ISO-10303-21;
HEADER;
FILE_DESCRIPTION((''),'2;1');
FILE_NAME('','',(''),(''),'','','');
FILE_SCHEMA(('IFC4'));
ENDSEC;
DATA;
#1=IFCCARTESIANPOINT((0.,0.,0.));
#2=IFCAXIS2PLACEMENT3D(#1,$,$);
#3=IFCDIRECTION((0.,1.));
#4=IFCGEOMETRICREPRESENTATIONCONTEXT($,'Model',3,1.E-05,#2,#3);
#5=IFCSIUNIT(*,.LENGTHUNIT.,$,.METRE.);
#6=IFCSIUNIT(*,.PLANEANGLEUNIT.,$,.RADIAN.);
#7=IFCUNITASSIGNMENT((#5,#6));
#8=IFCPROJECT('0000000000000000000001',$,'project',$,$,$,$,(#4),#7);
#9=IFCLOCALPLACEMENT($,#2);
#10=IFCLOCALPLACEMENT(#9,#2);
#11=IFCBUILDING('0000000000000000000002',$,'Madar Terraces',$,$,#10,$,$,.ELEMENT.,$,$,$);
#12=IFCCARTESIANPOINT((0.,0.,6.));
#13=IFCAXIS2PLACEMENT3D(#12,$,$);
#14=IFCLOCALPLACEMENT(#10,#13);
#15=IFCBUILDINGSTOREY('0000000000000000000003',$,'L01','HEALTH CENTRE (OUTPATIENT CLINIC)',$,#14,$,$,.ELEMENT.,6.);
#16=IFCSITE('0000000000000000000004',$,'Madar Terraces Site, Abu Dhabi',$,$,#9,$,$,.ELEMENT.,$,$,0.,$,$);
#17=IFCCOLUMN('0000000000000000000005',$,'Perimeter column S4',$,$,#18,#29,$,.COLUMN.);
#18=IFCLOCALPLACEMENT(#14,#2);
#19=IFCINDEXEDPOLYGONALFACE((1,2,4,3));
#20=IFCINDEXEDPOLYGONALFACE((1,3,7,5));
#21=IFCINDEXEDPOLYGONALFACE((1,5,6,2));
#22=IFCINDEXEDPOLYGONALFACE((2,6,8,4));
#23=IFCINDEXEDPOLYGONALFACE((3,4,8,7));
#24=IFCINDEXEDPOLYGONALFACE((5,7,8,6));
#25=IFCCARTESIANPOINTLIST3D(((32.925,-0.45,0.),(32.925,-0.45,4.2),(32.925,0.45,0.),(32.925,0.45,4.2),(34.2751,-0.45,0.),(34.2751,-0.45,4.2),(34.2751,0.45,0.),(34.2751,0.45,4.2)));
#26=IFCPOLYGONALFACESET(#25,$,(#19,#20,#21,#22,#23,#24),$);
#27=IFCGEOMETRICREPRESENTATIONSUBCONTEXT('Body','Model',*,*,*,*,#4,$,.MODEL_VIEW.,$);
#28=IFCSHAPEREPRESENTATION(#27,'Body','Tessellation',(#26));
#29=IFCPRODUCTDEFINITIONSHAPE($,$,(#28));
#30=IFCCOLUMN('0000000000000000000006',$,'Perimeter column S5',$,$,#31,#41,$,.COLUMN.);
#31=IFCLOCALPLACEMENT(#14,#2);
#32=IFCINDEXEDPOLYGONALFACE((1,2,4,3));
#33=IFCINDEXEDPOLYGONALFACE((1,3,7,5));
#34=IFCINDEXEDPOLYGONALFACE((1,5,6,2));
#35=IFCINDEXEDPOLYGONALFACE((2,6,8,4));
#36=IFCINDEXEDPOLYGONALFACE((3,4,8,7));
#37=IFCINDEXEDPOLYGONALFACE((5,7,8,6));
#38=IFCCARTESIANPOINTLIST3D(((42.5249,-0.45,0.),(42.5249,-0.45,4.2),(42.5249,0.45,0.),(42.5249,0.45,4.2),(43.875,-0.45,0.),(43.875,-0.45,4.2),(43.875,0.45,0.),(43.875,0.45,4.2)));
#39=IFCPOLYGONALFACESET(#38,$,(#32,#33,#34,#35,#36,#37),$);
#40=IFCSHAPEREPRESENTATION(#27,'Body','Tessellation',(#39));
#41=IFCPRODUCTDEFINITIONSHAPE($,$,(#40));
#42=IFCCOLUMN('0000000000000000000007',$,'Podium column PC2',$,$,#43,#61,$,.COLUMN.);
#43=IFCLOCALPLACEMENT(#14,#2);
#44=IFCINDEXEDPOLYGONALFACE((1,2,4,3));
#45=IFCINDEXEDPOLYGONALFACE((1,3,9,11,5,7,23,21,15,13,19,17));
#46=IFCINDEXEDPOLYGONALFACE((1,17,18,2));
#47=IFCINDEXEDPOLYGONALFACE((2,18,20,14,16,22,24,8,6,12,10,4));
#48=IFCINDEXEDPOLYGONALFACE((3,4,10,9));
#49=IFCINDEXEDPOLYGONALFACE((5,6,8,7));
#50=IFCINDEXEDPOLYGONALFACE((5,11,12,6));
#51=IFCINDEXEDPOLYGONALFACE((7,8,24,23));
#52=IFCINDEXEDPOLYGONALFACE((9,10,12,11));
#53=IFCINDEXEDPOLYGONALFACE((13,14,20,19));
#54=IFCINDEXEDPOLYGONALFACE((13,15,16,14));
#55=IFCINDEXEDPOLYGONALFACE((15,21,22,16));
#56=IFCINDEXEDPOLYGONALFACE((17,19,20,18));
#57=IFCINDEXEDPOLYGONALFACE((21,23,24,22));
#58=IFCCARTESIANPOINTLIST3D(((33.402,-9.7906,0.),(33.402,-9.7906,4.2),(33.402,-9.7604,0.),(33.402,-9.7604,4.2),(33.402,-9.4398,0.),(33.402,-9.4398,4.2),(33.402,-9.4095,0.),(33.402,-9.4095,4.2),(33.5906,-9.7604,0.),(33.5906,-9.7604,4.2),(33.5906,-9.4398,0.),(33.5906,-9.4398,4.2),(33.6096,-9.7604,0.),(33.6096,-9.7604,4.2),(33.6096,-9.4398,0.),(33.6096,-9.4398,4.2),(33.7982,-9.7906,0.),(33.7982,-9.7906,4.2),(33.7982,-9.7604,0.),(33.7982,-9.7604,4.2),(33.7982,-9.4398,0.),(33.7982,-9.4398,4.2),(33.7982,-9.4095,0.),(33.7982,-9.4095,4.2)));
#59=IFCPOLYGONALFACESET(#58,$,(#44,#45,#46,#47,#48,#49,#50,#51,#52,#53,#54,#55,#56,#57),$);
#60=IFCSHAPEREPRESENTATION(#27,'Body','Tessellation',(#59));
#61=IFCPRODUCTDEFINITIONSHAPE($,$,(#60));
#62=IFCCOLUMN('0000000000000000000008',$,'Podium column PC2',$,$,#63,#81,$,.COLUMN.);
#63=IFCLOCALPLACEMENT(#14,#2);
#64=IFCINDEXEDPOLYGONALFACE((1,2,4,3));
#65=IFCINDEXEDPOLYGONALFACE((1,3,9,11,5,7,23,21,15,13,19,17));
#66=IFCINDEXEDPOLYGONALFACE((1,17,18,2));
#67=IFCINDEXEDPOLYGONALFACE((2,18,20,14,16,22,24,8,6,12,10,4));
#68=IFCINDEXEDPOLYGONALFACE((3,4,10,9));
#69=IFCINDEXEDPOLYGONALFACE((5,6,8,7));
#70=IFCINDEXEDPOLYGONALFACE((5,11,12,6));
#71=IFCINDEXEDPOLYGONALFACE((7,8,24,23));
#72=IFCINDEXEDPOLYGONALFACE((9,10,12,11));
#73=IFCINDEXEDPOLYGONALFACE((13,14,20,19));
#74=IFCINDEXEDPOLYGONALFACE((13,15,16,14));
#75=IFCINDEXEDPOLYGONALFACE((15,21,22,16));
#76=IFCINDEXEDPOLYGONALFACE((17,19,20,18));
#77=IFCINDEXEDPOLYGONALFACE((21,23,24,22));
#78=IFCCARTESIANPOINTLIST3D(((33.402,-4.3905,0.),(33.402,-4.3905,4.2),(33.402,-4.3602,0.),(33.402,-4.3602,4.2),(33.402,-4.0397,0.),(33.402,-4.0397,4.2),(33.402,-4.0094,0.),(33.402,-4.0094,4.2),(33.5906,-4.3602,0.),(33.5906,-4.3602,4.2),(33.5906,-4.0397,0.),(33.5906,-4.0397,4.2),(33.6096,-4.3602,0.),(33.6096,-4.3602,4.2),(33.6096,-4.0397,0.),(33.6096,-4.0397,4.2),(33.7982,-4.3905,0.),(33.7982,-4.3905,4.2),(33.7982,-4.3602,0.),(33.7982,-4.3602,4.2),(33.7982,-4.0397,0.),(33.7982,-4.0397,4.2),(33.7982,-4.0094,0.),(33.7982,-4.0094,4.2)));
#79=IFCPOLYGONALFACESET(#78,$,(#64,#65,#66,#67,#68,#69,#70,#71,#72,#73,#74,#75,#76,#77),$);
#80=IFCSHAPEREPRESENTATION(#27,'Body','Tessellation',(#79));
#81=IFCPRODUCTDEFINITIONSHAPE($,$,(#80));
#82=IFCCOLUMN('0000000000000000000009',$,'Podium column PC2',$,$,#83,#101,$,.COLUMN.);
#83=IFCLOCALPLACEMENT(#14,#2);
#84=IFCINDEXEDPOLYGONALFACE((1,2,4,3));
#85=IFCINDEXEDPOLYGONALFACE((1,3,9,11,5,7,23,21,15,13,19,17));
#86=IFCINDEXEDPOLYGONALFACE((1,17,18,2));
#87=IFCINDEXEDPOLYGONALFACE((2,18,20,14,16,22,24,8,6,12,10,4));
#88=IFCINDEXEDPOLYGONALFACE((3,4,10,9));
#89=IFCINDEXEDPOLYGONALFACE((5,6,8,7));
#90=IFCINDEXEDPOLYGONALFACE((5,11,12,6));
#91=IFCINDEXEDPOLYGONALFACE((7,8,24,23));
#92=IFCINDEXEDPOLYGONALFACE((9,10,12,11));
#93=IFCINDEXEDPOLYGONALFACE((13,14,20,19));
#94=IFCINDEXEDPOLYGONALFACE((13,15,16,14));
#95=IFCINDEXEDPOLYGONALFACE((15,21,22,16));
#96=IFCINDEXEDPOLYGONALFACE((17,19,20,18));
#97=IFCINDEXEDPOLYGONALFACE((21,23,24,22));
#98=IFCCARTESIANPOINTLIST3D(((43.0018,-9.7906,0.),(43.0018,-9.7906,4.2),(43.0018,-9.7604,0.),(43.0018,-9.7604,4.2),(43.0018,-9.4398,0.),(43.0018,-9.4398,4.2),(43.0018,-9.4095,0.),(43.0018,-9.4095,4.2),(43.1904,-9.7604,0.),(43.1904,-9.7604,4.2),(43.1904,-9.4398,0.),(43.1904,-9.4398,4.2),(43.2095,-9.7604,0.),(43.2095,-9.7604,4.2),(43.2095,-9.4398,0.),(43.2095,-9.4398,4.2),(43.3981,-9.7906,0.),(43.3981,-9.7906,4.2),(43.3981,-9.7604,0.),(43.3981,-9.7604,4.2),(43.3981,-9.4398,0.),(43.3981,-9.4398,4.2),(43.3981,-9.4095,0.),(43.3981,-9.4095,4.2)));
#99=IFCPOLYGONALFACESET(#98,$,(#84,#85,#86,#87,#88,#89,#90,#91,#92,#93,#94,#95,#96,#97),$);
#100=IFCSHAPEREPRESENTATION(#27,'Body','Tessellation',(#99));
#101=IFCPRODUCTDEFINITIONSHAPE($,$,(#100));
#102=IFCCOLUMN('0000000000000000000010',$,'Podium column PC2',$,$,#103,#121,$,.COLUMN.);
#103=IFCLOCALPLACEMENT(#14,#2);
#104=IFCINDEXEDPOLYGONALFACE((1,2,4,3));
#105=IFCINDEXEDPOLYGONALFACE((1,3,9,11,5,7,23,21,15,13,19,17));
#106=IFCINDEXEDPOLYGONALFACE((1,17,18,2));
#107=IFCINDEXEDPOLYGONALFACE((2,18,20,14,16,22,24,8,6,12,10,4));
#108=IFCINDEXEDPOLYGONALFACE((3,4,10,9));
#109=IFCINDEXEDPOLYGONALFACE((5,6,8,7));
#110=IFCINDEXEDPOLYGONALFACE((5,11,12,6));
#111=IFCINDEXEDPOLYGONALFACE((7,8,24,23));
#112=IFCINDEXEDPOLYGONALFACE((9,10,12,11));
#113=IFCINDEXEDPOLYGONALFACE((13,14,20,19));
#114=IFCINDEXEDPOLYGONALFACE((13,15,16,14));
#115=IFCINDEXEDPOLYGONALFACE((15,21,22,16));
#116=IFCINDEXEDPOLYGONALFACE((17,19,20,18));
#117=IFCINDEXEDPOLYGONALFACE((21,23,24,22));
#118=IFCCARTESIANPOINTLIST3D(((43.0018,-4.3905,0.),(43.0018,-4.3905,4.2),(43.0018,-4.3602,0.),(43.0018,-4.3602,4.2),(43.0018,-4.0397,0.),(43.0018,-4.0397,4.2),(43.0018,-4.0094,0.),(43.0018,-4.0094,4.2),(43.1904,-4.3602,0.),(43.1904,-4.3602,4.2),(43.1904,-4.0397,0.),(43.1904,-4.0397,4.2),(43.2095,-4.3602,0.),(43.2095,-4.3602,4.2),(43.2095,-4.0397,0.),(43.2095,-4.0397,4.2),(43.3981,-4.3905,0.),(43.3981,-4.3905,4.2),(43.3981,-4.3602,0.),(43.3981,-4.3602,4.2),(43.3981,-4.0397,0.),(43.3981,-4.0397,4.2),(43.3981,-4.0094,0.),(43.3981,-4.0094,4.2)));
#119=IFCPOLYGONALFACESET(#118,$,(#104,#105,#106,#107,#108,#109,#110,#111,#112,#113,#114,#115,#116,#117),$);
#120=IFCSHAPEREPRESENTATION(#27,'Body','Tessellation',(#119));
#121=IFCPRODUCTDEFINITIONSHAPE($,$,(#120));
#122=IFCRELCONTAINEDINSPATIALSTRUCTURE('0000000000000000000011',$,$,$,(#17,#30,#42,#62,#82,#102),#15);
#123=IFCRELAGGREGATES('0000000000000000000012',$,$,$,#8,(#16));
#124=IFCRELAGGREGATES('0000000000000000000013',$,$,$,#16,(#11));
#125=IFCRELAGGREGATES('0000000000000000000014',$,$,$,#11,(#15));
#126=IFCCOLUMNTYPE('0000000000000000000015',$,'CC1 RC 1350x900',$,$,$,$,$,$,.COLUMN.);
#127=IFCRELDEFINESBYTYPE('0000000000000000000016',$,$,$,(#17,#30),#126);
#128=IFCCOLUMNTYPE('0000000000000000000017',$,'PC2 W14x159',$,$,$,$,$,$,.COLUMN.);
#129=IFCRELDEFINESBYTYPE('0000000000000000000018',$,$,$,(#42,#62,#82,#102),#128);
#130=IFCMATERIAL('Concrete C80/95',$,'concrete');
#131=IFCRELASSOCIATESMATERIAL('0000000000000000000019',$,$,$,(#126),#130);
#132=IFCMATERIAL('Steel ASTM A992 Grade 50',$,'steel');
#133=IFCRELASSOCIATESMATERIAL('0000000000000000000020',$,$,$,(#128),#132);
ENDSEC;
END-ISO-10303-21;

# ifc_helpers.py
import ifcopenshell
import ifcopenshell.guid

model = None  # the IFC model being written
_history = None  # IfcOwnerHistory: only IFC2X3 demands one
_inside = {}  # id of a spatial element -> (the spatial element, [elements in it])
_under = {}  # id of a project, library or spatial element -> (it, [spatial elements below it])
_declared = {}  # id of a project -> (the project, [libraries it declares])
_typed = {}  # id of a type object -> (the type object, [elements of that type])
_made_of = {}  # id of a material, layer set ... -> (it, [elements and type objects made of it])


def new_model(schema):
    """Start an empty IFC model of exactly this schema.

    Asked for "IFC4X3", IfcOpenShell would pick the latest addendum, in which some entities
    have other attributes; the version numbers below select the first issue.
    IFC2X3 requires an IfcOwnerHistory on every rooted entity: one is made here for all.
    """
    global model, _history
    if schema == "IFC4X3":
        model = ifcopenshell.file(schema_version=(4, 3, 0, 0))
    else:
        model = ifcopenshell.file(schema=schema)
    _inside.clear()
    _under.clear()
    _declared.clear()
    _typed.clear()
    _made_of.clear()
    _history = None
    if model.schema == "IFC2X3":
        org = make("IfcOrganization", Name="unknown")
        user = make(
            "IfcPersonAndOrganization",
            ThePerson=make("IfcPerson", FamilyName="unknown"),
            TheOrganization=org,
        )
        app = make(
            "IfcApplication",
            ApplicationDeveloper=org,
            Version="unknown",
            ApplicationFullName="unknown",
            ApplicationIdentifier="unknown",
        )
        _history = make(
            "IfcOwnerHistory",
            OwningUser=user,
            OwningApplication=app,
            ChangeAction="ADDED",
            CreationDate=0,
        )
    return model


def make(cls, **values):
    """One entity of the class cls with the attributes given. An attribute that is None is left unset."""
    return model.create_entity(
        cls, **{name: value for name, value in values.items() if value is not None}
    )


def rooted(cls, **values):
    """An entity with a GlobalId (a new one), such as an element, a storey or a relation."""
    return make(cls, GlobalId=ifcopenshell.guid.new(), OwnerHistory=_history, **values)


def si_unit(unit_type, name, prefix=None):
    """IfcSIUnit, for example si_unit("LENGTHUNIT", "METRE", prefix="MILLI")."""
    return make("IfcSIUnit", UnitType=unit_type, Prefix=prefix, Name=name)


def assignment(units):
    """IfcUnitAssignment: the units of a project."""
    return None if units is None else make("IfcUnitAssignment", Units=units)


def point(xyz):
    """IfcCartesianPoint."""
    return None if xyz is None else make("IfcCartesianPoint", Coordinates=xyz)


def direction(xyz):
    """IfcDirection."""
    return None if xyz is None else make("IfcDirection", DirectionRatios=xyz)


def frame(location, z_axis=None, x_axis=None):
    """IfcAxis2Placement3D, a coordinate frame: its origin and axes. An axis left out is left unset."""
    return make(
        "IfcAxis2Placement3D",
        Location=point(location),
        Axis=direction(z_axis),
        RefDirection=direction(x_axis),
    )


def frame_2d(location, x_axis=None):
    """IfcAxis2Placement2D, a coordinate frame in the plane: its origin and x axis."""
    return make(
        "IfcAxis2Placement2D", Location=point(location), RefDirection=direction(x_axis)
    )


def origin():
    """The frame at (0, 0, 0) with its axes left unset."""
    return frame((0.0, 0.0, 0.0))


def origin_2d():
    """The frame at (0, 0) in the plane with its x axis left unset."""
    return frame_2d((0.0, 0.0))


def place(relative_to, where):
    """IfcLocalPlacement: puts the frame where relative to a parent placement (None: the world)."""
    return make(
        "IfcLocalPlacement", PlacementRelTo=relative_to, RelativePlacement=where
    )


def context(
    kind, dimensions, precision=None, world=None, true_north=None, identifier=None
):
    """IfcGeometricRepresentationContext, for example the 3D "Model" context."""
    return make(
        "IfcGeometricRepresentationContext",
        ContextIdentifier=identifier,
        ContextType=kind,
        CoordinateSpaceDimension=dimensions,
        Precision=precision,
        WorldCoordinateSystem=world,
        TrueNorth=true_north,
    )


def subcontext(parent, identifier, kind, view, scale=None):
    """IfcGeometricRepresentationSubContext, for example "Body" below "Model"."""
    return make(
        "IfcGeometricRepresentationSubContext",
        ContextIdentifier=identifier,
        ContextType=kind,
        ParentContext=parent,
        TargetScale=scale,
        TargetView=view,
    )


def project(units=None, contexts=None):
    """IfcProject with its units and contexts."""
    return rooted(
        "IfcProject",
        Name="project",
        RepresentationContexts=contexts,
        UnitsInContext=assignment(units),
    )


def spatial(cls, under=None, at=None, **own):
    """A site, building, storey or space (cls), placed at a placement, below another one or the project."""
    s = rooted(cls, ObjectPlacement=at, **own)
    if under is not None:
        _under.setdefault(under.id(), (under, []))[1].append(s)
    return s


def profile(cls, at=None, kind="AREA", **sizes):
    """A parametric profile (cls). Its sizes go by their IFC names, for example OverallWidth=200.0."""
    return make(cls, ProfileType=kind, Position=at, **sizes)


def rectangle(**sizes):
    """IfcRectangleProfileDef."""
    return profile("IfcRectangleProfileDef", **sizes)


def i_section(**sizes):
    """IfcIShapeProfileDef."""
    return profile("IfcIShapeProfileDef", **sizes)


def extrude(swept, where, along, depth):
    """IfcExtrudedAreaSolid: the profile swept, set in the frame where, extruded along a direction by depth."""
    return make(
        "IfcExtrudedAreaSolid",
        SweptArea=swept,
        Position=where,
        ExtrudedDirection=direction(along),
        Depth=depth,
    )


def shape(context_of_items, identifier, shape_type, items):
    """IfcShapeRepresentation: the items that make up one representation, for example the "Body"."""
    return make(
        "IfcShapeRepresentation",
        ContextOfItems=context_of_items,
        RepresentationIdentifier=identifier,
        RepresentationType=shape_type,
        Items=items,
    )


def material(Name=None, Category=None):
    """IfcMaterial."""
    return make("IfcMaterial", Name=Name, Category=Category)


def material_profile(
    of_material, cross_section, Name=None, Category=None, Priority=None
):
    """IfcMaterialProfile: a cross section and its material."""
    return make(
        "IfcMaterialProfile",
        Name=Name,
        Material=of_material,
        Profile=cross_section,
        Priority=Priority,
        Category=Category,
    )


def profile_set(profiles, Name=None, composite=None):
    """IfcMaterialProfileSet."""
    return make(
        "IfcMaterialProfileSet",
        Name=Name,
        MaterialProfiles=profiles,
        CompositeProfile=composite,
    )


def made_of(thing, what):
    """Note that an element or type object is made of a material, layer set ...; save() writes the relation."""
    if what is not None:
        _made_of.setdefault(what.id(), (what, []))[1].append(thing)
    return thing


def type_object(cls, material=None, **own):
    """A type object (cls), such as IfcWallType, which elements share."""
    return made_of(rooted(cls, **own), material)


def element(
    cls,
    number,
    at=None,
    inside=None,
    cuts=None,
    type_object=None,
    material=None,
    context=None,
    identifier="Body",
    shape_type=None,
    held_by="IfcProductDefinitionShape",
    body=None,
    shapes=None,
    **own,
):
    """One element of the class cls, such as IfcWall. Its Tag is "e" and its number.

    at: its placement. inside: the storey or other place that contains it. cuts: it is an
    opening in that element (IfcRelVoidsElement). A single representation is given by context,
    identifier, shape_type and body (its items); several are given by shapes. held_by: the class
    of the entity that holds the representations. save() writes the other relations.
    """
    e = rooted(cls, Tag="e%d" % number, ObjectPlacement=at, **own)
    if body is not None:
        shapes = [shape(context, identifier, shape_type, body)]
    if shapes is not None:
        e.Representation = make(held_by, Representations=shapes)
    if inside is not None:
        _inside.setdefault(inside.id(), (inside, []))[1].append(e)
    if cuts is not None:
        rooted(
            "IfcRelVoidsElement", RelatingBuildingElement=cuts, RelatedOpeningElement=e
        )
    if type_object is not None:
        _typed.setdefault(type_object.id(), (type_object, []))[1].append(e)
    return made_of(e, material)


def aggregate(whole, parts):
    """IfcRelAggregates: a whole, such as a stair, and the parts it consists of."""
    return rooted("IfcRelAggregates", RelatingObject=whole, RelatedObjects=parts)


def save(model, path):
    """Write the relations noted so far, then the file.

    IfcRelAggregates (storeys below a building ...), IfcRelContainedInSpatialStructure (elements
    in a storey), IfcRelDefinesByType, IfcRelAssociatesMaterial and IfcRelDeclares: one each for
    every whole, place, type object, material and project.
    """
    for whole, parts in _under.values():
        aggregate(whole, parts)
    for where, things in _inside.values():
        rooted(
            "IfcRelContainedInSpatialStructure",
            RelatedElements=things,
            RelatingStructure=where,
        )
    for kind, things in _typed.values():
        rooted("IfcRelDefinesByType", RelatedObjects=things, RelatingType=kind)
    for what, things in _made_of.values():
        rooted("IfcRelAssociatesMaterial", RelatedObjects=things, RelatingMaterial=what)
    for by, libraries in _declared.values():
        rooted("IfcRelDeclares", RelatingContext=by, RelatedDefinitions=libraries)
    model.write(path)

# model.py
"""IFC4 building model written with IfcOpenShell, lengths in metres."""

from ifc_helpers import new_model, si_unit, direction, frame, origin, origin_2d, place, context, subcontext, project, spatial, rectangle, i_section, extrude, material, material_profile, profile_set, type_object, element, save


model = new_model("IFC4")

# Units and contexts
model_context = context("Model", 3, precision=1e-05, world=origin(), true_north=direction((0.0, 1.0)))
body_context = subcontext(model_context, "Body", "Model", "MODEL_VIEW")
ifc_project = project(units=[si_unit("LENGTHUNIT", "METRE"), si_unit("PLANEANGLEUNIT", "RADIAN")], contexts=[model_context])

# Site, building, storey
site_placement = place(None, origin())
site = spatial("IfcSite", under=ifc_project, at=site_placement, Name="Madar Terraces Site, Abu Dhabi", CompositionType="ELEMENT", RefElevation=0.0)
building_placement = place(site_placement, origin())
building = spatial("IfcBuilding", under=site, at=building_placement, Name="Madar Terraces", CompositionType="ELEMENT")
storey_placement = place(building_placement, frame((0.0, 0.0, 6.0)))
storey = spatial("IfcBuildingStorey", under=building, at=storey_placement, Name="L01", Description="HEALTH CENTRE (OUTPATIENT CLINIC)", CompositionType="ELEMENT", Elevation=6.0)

# Columns
ifc_material_1 = material(Name="Concrete C80/95", Category="concrete")
ifc_material_profile_1 = material_profile(ifc_material_1, rectangle(XDim=1.3501, YDim=0.8999, at=origin_2d()), Name="CC1 RC 1350x900")
ifc_profile_set_1 = profile_set([ifc_material_profile_1], Name="Concrete C80/95")
column_type_1 = type_object("IfcColumnType", Name="CC1 RC 1350x900", PredefinedType="COLUMN", material=ifc_profile_set_1)
for number, where, z_axis, x_axis, name in (
    (1, (33.6001, 0.0, 0.0), (0.0, 0.0, 1.0), (1.0, 0.0, 0.0), "Perimeter column S4"),
    (2, (43.2, 0.0, 0.0), (0.0, 0.0, 1.0), (1.0, 0.0, 0.0), "Perimeter column S5"),
):
    element("IfcColumn", number, at=place(storey_placement, frame(where, z_axis=z_axis, x_axis=x_axis)), inside=storey, type_object=column_type_1, Name=name, PredefinedType="COLUMN", context=body_context, shape_type="SweptSolid", body=[
        extrude(rectangle(XDim=1.3501, YDim=0.8999, at=origin_2d()), origin(), (0.0, 0.0, 1.0), 4.2),
    ])
ifc_material_2 = material(Name="Steel ASTM A992 Grade 50", Category="steel")
ifc_material_profile_2 = material_profile(ifc_material_2, i_section(OverallWidth=0.3962, OverallDepth=0.3811, WebThickness=0.019, FlangeThickness=0.0303, at=origin_2d()), Name="W14x159")
ifc_profile_set_2 = profile_set([ifc_material_profile_2], Name="Steel ASTM A992 Grade 50")
column_type_2 = type_object("IfcColumnType", Name="PC2 W14x159", PredefinedType="COLUMN", material=ifc_profile_set_2)
for number, where, z_axis, x_axis, name in (
    (3, (33.6001, -9.6001, 0.0), (0.0, 0.0, 1.0), (1.0, 0.0, 0.0), "Podium column PC2"),
    (4, (33.6001, -4.2, 0.0), (0.0, 0.0, 1.0), (1.0, 0.0, 0.0), "Podium column PC2"),
    (5, (43.2, -9.6001, 0.0), (0.0, 0.0, 1.0), (1.0, 0.0, 0.0), "Podium column PC2"),
    (6, (43.2, -4.2, 0.0), (0.0, 0.0, 1.0), (1.0, 0.0, 0.0), "Podium column PC2"),
):
    element("IfcColumn", number, at=place(storey_placement, frame(where, z_axis=z_axis, x_axis=x_axis)), inside=storey, type_object=column_type_2, Name=name, PredefinedType="COLUMN", context=body_context, shape_type="SweptSolid", body=[
        extrude(i_section(OverallWidth=0.3962, OverallDepth=0.3811, WebThickness=0.019, FlangeThickness=0.0303, at=origin_2d()), origin(), (0.0, 0.0, 1.0), 4.2),
    ])

save(model, "model.ifc")
